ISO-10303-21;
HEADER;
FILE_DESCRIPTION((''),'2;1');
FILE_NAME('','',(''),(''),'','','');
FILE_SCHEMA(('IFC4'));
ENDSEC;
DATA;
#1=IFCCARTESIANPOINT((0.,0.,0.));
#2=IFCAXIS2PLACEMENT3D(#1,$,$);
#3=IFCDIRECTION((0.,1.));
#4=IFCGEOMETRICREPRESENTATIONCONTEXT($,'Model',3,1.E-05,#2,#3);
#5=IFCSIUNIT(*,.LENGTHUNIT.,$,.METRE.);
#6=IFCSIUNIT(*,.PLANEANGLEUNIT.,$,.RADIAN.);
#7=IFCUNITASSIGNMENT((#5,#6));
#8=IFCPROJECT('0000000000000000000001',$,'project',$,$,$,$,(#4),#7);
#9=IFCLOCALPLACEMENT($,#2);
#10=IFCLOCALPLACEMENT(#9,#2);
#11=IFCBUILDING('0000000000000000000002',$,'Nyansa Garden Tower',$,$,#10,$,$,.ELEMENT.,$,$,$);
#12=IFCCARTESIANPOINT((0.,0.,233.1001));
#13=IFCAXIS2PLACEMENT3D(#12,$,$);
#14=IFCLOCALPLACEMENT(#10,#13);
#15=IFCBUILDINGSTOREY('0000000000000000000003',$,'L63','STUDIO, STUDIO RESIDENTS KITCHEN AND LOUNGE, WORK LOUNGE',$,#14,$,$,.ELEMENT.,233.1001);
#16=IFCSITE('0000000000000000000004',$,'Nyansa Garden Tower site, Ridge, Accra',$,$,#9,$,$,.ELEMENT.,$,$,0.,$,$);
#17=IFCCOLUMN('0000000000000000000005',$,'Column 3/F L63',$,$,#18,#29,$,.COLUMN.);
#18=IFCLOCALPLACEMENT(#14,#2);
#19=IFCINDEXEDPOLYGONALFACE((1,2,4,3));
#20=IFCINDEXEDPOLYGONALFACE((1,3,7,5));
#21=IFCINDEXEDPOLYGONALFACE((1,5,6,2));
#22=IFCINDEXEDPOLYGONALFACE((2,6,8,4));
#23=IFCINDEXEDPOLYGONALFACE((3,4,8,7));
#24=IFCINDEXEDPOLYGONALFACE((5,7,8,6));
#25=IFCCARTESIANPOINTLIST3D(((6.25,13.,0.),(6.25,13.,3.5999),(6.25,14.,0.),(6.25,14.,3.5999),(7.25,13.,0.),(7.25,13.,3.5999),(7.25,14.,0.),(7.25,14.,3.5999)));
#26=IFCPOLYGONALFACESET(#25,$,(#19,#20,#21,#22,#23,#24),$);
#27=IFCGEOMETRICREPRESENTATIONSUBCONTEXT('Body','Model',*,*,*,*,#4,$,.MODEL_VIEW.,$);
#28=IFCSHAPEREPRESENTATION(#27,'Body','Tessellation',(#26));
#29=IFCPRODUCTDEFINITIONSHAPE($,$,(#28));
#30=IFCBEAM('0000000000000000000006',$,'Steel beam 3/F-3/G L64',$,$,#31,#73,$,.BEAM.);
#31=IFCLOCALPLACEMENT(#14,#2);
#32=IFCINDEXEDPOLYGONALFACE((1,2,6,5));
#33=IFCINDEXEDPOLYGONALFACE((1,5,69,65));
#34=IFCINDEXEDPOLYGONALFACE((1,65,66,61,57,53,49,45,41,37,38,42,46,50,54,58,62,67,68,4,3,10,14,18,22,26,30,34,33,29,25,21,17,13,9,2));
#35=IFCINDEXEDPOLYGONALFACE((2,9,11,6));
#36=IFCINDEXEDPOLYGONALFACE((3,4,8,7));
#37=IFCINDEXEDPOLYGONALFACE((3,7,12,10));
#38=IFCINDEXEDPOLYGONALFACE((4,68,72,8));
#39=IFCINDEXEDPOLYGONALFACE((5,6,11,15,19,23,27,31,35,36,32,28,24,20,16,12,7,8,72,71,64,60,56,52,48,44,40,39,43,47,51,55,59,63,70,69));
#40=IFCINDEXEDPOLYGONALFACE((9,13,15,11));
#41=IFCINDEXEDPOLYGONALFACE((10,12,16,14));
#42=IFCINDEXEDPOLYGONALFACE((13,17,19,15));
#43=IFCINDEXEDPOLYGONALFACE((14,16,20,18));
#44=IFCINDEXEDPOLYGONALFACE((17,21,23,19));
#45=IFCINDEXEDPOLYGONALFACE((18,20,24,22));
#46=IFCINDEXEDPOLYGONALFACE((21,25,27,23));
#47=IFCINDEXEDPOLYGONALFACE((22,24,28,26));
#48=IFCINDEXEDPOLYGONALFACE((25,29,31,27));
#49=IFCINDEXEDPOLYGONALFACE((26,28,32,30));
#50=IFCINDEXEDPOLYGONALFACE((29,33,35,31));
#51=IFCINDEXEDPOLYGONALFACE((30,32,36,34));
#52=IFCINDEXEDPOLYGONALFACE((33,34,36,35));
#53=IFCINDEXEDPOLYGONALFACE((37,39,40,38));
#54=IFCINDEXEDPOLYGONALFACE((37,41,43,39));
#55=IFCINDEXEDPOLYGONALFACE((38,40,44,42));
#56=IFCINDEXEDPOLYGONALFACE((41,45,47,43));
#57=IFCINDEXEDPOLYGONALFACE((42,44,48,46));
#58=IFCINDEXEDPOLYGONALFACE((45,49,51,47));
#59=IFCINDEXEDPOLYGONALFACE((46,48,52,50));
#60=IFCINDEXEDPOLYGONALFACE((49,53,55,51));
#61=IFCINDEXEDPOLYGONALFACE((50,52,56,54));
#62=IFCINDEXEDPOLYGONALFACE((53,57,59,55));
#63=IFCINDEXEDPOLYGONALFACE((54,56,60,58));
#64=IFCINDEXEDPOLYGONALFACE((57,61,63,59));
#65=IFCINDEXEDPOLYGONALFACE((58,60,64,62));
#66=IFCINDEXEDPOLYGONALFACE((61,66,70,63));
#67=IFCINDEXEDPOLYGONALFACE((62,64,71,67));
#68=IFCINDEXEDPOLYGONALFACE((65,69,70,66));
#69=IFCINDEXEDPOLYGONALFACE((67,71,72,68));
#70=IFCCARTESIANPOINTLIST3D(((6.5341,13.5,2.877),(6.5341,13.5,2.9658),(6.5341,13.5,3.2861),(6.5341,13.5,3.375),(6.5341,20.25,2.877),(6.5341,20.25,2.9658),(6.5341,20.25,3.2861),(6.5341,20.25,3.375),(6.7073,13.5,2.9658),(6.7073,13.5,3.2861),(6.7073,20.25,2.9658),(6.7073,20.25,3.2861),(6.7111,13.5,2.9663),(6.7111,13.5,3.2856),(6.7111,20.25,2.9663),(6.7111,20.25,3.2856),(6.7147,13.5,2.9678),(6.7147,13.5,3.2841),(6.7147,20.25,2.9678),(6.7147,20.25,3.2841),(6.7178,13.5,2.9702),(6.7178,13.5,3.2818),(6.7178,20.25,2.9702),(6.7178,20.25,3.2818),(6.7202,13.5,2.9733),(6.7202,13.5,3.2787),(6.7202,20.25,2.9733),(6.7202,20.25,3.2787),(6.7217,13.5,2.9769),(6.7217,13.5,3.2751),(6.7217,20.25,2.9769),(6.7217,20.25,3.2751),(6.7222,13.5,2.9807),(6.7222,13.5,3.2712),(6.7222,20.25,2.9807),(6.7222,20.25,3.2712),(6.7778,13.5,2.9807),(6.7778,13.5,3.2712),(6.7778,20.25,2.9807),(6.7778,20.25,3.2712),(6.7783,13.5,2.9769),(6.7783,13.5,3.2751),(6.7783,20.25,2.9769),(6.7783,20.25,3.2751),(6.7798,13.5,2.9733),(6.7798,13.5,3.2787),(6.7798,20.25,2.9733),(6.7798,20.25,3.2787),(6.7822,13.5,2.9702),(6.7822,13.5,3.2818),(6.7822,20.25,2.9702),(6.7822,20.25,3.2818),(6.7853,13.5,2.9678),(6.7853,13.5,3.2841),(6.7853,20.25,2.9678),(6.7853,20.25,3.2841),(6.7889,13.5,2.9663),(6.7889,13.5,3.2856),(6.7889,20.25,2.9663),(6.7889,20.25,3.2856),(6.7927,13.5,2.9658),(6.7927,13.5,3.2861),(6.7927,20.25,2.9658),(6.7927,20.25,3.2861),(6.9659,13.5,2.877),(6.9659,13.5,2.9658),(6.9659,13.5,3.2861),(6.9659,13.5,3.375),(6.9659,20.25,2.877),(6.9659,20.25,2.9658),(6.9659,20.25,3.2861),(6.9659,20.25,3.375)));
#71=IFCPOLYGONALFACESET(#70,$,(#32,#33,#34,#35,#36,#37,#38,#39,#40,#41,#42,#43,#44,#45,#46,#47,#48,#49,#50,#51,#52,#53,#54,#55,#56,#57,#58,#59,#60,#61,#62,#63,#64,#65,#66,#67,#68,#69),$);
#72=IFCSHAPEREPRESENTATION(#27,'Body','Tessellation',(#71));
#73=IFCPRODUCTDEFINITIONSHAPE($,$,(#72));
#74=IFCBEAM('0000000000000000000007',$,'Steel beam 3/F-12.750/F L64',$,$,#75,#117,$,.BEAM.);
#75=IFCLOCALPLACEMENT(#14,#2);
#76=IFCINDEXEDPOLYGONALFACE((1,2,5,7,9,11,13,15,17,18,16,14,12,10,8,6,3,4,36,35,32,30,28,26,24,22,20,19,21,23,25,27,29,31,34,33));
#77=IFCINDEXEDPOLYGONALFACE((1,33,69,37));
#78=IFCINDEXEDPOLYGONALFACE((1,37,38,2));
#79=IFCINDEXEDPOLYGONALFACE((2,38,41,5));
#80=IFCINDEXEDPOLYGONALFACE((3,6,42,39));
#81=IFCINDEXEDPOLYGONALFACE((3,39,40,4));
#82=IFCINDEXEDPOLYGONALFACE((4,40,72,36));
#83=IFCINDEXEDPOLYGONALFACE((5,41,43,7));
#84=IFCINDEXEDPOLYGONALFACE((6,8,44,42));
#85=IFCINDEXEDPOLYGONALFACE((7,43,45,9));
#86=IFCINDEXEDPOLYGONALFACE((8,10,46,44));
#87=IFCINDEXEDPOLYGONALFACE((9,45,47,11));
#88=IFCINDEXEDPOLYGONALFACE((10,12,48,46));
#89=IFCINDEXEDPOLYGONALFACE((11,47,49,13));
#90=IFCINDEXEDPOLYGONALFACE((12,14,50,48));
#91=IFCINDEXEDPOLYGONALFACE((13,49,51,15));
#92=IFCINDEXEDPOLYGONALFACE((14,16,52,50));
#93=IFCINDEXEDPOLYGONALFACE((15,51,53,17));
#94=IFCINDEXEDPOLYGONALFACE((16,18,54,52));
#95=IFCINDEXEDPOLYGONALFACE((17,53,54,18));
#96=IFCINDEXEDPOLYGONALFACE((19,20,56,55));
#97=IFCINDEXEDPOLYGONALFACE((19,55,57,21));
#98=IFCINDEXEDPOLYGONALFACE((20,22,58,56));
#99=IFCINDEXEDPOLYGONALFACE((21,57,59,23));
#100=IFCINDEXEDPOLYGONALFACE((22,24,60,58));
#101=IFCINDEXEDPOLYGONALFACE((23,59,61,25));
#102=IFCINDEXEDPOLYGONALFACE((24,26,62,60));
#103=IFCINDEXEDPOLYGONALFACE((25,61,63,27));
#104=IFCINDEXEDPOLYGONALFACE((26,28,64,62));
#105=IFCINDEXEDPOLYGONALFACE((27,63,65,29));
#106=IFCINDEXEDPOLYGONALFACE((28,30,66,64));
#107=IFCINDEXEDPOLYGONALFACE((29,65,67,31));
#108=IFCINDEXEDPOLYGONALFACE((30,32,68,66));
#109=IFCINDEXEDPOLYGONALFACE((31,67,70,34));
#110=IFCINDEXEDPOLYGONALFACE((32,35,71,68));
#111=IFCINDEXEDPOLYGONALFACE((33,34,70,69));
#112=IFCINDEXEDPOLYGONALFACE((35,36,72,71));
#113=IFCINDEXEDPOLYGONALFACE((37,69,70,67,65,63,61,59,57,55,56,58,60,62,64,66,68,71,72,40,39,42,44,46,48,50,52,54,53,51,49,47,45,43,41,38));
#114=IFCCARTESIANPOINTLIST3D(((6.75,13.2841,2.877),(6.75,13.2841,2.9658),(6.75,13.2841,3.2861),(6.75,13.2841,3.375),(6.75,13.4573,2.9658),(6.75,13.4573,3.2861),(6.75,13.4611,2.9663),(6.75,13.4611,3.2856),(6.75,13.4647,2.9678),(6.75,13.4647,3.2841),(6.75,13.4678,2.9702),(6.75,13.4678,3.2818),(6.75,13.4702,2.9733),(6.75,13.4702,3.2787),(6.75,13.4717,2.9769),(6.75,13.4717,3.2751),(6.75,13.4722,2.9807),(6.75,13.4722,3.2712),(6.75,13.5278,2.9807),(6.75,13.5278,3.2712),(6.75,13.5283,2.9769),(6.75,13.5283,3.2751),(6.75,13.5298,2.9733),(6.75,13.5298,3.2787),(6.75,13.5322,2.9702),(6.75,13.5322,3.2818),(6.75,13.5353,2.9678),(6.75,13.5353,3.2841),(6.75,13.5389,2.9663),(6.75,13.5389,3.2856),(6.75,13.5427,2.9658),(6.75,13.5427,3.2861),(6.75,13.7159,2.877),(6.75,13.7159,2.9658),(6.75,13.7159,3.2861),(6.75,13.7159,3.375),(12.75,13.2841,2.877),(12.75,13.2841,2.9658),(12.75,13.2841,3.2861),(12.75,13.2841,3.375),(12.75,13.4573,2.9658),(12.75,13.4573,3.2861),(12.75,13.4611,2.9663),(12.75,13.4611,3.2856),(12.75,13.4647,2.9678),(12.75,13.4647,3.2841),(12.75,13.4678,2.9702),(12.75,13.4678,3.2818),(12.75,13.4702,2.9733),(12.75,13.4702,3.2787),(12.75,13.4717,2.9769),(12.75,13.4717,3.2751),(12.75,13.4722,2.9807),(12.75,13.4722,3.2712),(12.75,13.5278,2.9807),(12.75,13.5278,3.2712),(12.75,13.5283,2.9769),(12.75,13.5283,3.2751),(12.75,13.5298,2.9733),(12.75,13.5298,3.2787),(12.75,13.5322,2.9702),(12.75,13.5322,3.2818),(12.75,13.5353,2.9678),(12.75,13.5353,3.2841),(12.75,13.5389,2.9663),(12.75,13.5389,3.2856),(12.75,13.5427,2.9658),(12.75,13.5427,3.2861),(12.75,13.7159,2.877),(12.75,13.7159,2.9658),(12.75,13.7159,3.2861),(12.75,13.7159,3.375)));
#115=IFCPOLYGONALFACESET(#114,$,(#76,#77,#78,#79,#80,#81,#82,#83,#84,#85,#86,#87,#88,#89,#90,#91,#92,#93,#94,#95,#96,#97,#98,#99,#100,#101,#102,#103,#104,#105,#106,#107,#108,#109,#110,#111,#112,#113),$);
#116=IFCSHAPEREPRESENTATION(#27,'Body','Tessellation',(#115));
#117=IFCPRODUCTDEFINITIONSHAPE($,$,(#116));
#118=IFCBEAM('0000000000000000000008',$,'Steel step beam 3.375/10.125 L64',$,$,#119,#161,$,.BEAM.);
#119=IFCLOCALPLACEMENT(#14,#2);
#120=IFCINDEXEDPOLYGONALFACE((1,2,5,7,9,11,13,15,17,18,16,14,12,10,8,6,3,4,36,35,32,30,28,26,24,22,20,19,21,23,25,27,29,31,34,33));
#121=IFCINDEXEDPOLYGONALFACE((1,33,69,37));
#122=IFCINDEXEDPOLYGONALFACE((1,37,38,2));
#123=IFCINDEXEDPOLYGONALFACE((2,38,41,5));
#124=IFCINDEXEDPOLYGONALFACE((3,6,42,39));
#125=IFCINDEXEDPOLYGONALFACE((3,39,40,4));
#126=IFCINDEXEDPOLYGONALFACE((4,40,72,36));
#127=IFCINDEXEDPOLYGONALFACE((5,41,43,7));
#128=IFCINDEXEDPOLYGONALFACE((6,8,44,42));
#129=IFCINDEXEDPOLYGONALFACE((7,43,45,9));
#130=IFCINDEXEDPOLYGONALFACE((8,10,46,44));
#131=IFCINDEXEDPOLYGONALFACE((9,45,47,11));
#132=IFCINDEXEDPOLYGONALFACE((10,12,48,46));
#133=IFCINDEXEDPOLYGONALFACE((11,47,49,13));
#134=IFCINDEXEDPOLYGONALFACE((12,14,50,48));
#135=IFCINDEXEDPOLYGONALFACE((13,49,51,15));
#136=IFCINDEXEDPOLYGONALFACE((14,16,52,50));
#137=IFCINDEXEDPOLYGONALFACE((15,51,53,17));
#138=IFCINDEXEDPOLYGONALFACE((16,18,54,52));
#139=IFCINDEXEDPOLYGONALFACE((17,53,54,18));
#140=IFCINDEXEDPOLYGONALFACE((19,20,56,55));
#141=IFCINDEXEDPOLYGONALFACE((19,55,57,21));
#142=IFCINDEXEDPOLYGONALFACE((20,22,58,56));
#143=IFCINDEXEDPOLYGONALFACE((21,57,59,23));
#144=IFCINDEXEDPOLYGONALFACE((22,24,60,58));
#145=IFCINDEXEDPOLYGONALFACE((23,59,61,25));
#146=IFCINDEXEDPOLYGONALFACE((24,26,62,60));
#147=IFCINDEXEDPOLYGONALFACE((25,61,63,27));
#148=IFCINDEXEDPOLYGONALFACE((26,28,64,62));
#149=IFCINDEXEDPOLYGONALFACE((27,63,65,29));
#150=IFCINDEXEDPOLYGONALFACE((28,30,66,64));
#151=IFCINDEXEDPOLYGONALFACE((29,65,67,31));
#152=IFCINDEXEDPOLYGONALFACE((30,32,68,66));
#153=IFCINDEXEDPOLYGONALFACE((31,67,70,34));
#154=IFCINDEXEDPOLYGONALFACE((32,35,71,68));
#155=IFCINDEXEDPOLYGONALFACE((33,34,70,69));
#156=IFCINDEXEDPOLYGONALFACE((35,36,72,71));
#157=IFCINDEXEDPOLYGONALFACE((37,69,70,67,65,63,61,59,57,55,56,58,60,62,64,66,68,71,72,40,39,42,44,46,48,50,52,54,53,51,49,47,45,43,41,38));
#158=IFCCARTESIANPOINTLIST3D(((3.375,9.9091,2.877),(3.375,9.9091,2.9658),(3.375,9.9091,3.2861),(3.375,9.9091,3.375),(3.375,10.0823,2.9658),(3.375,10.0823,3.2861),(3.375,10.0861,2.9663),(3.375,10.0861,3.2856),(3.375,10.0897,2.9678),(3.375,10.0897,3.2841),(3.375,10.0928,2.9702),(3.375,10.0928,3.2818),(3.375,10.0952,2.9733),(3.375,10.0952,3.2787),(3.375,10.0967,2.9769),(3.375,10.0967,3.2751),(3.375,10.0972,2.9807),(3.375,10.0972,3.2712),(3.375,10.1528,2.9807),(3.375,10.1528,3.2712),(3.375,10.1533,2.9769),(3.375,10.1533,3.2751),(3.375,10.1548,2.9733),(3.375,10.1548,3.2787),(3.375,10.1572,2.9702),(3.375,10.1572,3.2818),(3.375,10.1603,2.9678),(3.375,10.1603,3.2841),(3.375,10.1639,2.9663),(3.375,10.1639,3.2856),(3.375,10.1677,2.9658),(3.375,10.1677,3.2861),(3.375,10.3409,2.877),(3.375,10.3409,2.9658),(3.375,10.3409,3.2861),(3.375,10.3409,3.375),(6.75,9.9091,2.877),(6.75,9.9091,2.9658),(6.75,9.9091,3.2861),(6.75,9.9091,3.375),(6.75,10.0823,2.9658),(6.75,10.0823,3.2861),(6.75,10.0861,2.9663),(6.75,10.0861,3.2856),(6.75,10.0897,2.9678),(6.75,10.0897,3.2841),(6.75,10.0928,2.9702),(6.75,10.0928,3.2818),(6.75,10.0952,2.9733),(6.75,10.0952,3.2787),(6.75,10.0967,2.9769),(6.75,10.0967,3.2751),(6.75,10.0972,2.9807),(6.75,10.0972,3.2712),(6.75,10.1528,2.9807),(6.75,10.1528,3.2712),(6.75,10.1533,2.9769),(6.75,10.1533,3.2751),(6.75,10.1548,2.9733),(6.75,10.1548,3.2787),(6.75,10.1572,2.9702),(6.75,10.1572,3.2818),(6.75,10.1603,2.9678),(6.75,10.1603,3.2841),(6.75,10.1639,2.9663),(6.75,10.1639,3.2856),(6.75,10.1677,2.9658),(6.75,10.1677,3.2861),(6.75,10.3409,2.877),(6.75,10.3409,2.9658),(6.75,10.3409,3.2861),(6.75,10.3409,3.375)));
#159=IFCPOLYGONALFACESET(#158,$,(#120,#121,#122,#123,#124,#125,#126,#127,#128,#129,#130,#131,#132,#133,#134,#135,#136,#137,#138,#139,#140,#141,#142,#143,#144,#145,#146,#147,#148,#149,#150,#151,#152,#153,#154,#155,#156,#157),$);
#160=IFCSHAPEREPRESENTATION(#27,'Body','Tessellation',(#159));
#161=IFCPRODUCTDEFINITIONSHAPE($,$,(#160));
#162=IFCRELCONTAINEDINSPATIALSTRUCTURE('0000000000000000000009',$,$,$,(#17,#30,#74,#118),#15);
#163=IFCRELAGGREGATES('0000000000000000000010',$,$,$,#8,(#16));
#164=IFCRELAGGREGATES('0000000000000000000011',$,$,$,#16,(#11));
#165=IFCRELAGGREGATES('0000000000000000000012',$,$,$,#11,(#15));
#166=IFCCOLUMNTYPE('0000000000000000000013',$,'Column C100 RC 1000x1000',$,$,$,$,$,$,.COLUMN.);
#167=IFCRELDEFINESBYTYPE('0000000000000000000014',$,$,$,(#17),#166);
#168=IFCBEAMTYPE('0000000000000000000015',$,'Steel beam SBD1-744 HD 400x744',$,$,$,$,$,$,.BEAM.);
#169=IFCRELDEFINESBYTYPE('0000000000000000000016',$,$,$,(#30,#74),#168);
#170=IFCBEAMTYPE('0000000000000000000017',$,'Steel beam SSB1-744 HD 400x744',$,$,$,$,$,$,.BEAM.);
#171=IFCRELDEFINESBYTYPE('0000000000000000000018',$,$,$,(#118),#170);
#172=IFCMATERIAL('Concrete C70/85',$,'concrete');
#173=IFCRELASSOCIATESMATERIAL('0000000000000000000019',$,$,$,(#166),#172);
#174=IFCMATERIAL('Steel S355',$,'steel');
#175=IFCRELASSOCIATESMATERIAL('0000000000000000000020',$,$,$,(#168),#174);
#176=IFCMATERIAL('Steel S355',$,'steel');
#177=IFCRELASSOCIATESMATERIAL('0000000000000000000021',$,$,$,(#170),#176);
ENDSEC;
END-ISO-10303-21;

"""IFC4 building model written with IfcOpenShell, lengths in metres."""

from ifc_helpers import new_model, si_unit, direction, frame, origin, origin_2d, place, context, subcontext, project, spatial, rectangle, i_section, extrude, material, material_profile, profile_set, type_object, element, save


model = new_model("IFC4")

# Units and contexts
model_context = context("Model", 3, precision=1e-05, world=origin(), true_north=direction((0.0, 1.0)))
body_context = subcontext(model_context, "Body", "Model", "MODEL_VIEW")
ifc_project = project(units=[si_unit("LENGTHUNIT", "METRE"), si_unit("PLANEANGLEUNIT", "RADIAN")], contexts=[model_context])

# Site, building, storey
site_placement = place(None, origin())
site = spatial("IfcSite", under=ifc_project, at=site_placement, Name="Nyansa Garden Tower site, Ridge, Accra", CompositionType="ELEMENT", RefElevation=0.0)
building_placement = place(site_placement, origin())
building = spatial("IfcBuilding", under=site, at=building_placement, Name="Nyansa Garden Tower", CompositionType="ELEMENT")
storey_placement = place(building_placement, frame((0.0, 0.0, 233.1001)))
storey = spatial("IfcBuildingStorey", under=building, at=storey_placement, Name="L63", Description="STUDIO, STUDIO RESIDENTS KITCHEN AND LOUNGE, WORK LOUNGE", CompositionType="ELEMENT", Elevation=233.1001)

# Column
ifc_material_1 = material(Name="Concrete C70/85", Category="concrete")
ifc_material_profile_1 = material_profile(ifc_material_1, rectangle(XDim=1.0, YDim=1.0, at=origin_2d()), Name="RC 1000x1000")
ifc_profile_set_1 = profile_set([ifc_material_profile_1], Name="Concrete C70/85")
column_type = type_object("IfcColumnType", Name="Column C100 RC 1000x1000", PredefinedType="COLUMN", material=ifc_profile_set_1)
column_placement = place(storey_placement, frame((6.75, 13.5, 0.0), z_axis=(0.0, 0.0, 1.0), x_axis=(1.0, 0.0, 0.0)))
element("IfcColumn", 1, at=column_placement, inside=storey, type_object=column_type, Name="Column 3/F L63", PredefinedType="COLUMN", context=body_context, shape_type="SweptSolid", body=[
    extrude(rectangle(XDim=1.0, YDim=1.0, at=origin_2d()), origin(), (0.0, 0.0, 1.0), 3.5999),
])

# Beams
ifc_material_2 = material(Name="Steel S355", Category="steel")
ifc_material_profile_2 = material_profile(ifc_material_2, i_section(OverallWidth=0.4319, OverallDepth=0.498, WebThickness=0.0557, FlangeThickness=0.0889, FilletRadius=0.0149, at=origin_2d()), Name="HD 400x744")
ifc_profile_set_2 = profile_set([ifc_material_profile_2], Name="Steel S355")
beam_type_1 = type_object("IfcBeamType", Name="Steel beam SBD1-744 HD 400x744", PredefinedType="BEAM", material=ifc_profile_set_2)
beam_1_placement = place(storey_placement, frame((6.75, 13.5, 3.126), z_axis=(0.0, 1.0, 0.0), x_axis=(-1.0, 0.0, 0.0)))
element("IfcBeam", 2, at=beam_1_placement, inside=storey, type_object=beam_type_1, Name="Steel beam 3/F-3/G L64", PredefinedType="BEAM", context=body_context, shape_type="SweptSolid", body=[
    extrude(i_section(OverallWidth=0.4319, OverallDepth=0.498, WebThickness=0.0557, FlangeThickness=0.0889, FilletRadius=0.0149, at=origin_2d()), origin(), (0.0, 0.0, 1.0), 6.75),
])
beam_2_placement = place(storey_placement, frame((6.75, 13.5, 3.126), z_axis=(1.0, 0.0, 0.0), x_axis=(0.0, 1.0, 0.0)))
element("IfcBeam", 3, at=beam_2_placement, inside=storey, type_object=beam_type_1, Name="Steel beam 3/F-12.750/F L64", PredefinedType="BEAM", context=body_context, shape_type="SweptSolid", body=[
    extrude(i_section(OverallWidth=0.4319, OverallDepth=0.498, WebThickness=0.0557, FlangeThickness=0.0889, FilletRadius=0.0149, at=origin_2d()), origin(), (0.0, 0.0, 1.0), 6.0),
])
ifc_material_3 = material(Name="Steel S355", Category="steel")
ifc_material_profile_3 = material_profile(ifc_material_3, i_section(OverallWidth=0.4319, OverallDepth=0.498, WebThickness=0.0557, FlangeThickness=0.0889, FilletRadius=0.0149, at=origin_2d()), Name="HD 400x744")
ifc_profile_set_3 = profile_set([ifc_material_profile_3], Name="Steel S355")
beam_type_2 = type_object("IfcBeamType", Name="Steel beam SSB1-744 HD 400x744", PredefinedType="BEAM", material=ifc_profile_set_3)
beam_3_placement = place(storey_placement, frame((3.375, 10.125, 3.126), z_axis=(1.0, 0.0, 0.0), x_axis=(0.0, 1.0, 0.0)))
element("IfcBeam", 4, at=beam_3_placement, inside=storey, type_object=beam_type_2, Name="Steel step beam 3.375/10.125 L64", PredefinedType="BEAM", context=body_context, shape_type="SweptSolid", body=[
    extrude(i_section(OverallWidth=0.4319, OverallDepth=0.498, WebThickness=0.0557, FlangeThickness=0.0889, FilletRadius=0.0149, at=origin_2d()), origin(), (0.0, 0.0, 1.0), 3.375),
])

save(model, "model.ifc")
